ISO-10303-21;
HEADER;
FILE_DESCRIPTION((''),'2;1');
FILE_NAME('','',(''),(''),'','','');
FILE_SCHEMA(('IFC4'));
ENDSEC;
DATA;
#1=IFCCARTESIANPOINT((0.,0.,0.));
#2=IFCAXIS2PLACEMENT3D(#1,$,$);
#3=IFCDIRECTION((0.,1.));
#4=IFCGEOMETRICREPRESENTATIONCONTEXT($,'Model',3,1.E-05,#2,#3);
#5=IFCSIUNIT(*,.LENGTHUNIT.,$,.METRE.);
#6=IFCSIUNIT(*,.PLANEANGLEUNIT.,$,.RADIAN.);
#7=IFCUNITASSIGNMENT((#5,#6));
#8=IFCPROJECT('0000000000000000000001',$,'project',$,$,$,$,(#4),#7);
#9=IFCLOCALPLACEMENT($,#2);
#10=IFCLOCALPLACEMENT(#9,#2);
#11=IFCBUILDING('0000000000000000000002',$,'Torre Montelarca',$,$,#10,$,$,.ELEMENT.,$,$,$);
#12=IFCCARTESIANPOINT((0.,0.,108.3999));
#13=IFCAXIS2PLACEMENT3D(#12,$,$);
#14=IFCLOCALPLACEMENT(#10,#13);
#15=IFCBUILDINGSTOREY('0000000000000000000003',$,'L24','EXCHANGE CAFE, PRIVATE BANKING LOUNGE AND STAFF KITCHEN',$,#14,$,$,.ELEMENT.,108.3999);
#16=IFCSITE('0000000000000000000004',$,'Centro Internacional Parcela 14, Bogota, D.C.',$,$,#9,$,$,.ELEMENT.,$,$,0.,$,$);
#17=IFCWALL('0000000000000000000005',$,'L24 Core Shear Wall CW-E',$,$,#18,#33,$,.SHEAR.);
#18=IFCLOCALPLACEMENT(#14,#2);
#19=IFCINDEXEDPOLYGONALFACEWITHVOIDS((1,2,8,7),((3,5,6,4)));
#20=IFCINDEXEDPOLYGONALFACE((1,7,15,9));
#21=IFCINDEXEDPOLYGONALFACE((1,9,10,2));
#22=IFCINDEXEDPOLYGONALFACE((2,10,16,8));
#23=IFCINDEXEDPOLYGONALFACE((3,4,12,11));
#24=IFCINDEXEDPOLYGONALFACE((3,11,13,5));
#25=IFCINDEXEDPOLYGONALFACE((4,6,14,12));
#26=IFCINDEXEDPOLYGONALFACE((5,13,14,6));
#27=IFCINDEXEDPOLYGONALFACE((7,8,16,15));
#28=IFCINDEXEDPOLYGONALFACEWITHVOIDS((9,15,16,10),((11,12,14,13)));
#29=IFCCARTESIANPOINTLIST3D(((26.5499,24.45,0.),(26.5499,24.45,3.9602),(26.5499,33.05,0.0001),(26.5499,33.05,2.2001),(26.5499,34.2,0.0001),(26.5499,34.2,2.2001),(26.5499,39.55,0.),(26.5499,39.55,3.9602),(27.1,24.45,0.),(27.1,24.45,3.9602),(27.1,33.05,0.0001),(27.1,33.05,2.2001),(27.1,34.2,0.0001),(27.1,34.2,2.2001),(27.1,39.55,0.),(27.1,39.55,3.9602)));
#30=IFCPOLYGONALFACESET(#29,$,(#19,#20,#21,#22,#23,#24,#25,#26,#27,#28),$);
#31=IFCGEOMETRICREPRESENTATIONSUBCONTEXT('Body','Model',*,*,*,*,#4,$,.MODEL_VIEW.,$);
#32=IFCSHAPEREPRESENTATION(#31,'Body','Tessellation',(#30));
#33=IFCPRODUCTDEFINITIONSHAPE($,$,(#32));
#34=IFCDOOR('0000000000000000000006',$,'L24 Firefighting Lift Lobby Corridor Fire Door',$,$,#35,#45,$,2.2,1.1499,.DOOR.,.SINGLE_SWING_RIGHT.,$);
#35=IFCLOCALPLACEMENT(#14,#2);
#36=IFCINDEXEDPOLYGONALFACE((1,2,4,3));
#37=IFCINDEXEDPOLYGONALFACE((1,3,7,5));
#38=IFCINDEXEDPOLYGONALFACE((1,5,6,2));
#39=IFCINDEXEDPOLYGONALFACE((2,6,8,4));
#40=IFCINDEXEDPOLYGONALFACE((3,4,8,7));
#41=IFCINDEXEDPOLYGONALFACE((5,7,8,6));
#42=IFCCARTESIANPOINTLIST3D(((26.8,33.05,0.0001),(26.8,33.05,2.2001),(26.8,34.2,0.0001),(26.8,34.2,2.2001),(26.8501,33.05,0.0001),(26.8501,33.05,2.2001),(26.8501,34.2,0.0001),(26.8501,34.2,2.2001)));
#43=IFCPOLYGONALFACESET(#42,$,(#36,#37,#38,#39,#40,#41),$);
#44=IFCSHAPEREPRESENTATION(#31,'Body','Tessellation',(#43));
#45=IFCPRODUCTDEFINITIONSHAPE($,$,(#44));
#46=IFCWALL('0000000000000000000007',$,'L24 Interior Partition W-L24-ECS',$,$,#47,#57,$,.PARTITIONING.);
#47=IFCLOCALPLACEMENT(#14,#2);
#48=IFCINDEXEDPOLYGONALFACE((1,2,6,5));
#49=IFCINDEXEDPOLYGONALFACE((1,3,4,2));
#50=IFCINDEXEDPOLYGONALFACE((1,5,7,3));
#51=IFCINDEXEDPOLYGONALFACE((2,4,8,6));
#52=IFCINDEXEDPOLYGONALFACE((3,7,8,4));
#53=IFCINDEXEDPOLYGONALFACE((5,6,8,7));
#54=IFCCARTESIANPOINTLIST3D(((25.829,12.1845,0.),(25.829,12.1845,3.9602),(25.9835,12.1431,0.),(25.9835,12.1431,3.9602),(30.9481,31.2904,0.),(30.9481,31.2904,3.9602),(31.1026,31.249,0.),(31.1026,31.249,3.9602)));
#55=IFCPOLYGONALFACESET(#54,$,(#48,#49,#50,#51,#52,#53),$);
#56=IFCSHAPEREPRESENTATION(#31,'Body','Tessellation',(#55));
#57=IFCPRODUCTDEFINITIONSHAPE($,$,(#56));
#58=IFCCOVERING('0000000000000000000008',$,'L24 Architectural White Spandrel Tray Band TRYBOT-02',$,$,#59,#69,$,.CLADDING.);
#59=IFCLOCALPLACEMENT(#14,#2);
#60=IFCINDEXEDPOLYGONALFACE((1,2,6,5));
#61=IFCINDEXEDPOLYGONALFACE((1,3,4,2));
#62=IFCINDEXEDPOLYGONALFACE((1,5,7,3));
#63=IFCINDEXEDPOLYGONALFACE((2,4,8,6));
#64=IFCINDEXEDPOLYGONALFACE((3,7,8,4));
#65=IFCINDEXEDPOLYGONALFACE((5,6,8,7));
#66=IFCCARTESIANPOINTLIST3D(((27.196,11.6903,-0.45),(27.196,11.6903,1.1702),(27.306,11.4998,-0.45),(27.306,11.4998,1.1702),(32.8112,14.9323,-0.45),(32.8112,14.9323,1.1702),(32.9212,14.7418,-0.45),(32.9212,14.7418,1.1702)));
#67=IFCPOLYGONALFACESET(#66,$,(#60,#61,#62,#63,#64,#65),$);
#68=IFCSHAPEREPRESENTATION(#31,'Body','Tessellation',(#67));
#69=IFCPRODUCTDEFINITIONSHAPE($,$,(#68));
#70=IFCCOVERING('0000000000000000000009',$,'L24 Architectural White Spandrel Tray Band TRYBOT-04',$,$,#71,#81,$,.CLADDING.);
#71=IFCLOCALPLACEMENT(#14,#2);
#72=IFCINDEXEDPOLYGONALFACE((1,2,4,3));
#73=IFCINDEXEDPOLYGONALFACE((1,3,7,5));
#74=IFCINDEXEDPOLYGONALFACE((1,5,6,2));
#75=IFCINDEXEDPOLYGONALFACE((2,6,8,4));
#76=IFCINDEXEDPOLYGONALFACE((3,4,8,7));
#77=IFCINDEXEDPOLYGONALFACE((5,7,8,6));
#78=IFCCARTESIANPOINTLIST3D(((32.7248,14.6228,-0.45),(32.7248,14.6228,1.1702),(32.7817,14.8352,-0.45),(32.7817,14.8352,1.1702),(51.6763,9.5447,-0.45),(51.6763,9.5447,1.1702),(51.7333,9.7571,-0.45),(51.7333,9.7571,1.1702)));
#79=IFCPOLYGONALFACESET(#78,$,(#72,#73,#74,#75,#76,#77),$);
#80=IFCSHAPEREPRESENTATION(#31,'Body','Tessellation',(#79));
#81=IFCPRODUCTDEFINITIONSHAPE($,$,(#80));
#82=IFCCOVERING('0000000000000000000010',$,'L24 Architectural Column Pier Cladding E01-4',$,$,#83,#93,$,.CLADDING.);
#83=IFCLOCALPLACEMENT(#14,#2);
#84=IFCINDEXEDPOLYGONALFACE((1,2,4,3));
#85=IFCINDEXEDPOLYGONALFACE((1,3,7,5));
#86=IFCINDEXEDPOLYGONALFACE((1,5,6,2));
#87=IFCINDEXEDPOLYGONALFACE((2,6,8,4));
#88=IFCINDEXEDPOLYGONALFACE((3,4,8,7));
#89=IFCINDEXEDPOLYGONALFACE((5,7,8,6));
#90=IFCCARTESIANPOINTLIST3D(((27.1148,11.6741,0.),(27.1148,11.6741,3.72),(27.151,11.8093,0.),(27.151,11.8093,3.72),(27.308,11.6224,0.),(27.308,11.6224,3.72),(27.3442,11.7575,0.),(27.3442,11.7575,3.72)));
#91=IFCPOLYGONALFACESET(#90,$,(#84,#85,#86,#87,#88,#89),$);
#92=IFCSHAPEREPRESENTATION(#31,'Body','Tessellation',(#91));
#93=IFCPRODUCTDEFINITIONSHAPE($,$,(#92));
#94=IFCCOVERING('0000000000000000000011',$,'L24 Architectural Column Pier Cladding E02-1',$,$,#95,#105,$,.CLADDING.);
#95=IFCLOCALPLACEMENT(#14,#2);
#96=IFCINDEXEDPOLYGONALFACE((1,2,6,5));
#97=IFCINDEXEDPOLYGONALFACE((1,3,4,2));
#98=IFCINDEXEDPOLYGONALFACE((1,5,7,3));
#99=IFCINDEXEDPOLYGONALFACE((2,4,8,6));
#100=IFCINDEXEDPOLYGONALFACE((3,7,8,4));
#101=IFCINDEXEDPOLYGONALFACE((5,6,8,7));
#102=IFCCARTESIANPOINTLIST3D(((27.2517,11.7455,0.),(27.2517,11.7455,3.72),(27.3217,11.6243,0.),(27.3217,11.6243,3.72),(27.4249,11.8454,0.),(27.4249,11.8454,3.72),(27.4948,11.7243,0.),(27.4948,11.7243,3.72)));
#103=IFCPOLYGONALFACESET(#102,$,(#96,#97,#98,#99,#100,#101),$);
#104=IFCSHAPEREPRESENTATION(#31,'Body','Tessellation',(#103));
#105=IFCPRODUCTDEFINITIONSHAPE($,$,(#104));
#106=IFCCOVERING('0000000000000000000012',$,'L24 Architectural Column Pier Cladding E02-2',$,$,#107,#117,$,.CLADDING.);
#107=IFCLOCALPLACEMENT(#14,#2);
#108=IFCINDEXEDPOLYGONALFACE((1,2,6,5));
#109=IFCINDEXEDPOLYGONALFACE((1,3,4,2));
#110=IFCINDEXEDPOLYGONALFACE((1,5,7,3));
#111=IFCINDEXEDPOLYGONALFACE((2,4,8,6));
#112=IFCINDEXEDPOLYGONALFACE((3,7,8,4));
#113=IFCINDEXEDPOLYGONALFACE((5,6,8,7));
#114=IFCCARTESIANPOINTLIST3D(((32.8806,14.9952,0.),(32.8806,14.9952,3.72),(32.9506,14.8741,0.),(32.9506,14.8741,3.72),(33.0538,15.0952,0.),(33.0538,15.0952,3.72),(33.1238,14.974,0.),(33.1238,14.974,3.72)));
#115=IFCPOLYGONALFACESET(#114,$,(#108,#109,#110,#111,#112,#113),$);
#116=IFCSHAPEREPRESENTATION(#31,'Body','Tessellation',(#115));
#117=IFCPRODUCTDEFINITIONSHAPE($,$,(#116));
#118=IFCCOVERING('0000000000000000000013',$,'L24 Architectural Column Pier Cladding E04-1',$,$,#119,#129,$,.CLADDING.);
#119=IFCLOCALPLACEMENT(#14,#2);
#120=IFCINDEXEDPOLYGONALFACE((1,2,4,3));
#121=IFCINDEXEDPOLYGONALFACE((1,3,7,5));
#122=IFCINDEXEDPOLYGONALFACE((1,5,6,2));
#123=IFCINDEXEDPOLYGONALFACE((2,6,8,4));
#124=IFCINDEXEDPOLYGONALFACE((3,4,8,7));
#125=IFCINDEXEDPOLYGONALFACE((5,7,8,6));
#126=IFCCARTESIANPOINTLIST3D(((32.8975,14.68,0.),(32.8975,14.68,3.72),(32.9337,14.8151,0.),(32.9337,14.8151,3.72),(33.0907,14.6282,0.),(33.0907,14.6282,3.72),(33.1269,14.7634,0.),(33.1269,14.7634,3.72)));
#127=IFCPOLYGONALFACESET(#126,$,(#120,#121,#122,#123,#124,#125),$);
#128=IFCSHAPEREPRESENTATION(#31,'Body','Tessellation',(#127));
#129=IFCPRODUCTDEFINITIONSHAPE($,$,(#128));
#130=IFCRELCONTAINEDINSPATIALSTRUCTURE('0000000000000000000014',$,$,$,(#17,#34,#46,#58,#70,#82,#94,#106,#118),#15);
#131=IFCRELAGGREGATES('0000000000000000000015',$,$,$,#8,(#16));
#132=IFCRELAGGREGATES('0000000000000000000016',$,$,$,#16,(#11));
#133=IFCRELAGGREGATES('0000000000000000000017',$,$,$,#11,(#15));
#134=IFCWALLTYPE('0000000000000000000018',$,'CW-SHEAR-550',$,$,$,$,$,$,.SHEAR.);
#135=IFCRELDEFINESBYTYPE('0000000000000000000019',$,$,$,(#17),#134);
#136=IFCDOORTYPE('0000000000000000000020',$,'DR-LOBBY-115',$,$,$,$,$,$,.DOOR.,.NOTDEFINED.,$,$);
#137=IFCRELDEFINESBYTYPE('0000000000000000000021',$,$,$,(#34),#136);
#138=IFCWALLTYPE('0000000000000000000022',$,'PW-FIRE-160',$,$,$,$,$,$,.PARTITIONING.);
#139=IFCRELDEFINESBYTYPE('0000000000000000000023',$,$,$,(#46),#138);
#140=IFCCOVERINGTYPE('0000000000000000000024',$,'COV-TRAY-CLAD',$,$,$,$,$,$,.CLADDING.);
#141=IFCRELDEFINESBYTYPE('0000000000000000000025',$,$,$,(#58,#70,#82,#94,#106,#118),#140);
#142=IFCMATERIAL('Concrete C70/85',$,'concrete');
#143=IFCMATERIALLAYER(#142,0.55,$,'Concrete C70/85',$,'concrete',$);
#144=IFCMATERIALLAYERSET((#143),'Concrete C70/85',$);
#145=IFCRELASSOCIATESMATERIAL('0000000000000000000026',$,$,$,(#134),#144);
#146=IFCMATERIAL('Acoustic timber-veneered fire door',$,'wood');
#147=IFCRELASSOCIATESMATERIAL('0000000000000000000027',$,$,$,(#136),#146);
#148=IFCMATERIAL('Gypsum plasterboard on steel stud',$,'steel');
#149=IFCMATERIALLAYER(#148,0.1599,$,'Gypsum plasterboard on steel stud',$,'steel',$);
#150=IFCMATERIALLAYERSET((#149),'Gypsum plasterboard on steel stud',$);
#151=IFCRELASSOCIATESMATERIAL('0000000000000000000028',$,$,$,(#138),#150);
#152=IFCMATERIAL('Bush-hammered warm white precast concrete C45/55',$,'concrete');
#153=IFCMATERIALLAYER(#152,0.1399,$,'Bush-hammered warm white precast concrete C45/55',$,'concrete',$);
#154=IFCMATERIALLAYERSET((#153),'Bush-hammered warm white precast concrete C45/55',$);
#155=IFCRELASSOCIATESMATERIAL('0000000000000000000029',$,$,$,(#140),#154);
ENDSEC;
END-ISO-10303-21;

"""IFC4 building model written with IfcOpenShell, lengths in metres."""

from ifc_helpers import new_model, si_unit, direction, frame, frame_2d, origin, origin_2d, place, context, subcontext, project, spatial, rectangle, extrude, source, transform, mapped, material, layer, layer_set, type_object, element, fill, save


model = new_model("IFC4")

# Units and contexts
model_context = context("Model", 3, precision=1e-05, world=origin(), true_north=direction((0.0, 1.0)))
body_context = subcontext(model_context, "Body", "Model", "MODEL_VIEW")
ifc_project = project(units=[si_unit("LENGTHUNIT", "METRE"), si_unit("PLANEANGLEUNIT", "RADIAN")], contexts=[model_context])

# Site, building, storey
site_placement = place(None, origin())
site = spatial("IfcSite", under=ifc_project, at=site_placement, Name="Centro Internacional Parcela 14, Bogota, D.C.", CompositionType="ELEMENT", RefElevation=0.0)
building_placement = place(site_placement, origin())
building = spatial("IfcBuilding", under=site, at=building_placement, Name="Torre Montelarca", CompositionType="ELEMENT")
storey_placement = place(building_placement, frame((0.0, 0.0, 108.3999)))
storey = spatial("IfcBuildingStorey", under=building, at=storey_placement, Name="L24", Description="EXCHANGE CAFE, PRIVATE BANKING LOUNGE AND STAFF KITCHEN", CompositionType="ELEMENT", Elevation=108.3999)

# Shared definitions
ifc_material_1 = material(Name="Concrete C70/85", Category="concrete")

# Wall, opening, door
ifc_layer_1 = layer(ifc_material_1, 0.55, Name="Concrete C70/85", Category="concrete")
ifc_layer_set_1 = layer_set([ifc_layer_1], Name="Concrete C70/85")
wall_type_1 = type_object("IfcWallType", Name="CW-SHEAR-550", PredefinedType="SHEAR", material=ifc_layer_set_1)
wall_1_placement = place(storey_placement, frame((26.825, 24.45, 0.0), z_axis=(0.0, 0.0, 1.0), x_axis=(0.0, 1.0, 0.0)))
wall_1 = element("IfcWall", 1, at=wall_1_placement, inside=storey, type_object=wall_type_1, Name="L24 Core Shear Wall CW-E", PredefinedType="SHEAR", context=body_context, shape_type="SweptSolid", body=[
    extrude(rectangle(XDim=15.1001, YDim=0.55, at=frame_2d((7.55, 0.0))), origin(), (0.0, 0.0, 1.0), 3.9602),
])
opening_placement = place(wall_1_placement, frame((8.6001, 0.0, 0.0)))
opening = element("IfcOpeningElement", 2, at=opening_placement, cuts=wall_1, PredefinedType="OPENING", context=body_context, shape_type="SweptSolid", body=[
    extrude(rectangle(XDim=1.1499, YDim=2.2, at=frame_2d((0.575, 1.1001))), frame((0.0, 0.2852, 0.0), z_axis=(0.0, -1.0, 0.0), x_axis=(1.0, 0.0, 0.0)), (0.0, 0.0, 1.0), 0.5701),
])
ifc_material_2 = material(Name="Acoustic timber-veneered fire door", Category="wood")
door_type = type_object("IfcDoorType", Name="DR-LOBBY-115", OperationType="NOTDEFINED", PredefinedType="DOOR", material=ifc_material_2)
shared_shape_1 = source(origin(), body_context, "Body", "SweptSolid", [
    extrude(rectangle(XDim=1.1499, YDim=2.2, at=frame_2d((0.575, 1.1001))), frame((0.0, 0.0249, 0.0), z_axis=(0.0, -1.0, 0.0), x_axis=(1.0, 0.0, 0.0)), (0.0, 0.0, 1.0), 0.05),
])
door_placement = place(opening_placement, origin())
door = element("IfcDoor", 3, at=door_placement, inside=storey, type_object=door_type, Name="L24 Firefighting Lift Lobby Corridor Fire Door", OperationType="SINGLE_SWING_RIGHT", OverallHeight=2.2, OverallWidth=1.1499, PredefinedType="DOOR", context=body_context, shape_type="MappedRepresentation", body=[
    mapped(shared_shape_1, transform((0.0, 0.0, 0.0), scale=1.0)),
])
fill(opening, door)

# Wall
ifc_material_3 = material(Name="Gypsum plasterboard on steel stud", Category="steel")
ifc_layer_2 = layer(ifc_material_3, 0.1599, Name="Gypsum plasterboard on steel stud", Category="steel")
ifc_layer_set_2 = layer_set([ifc_layer_2], Name="Gypsum plasterboard on steel stud")
wall_type_2 = type_object("IfcWallType", Name="PW-FIRE-160", PredefinedType="PARTITIONING", material=ifc_layer_set_2)
wall_2_placement = place(storey_placement, frame((25.9062, 12.1638, 0.0), z_axis=(0.0, 0.0, 1.0), x_axis=(0.258806, 0.965929, 0.0)))
element("IfcWall", 4, at=wall_2_placement, inside=storey, type_object=wall_type_2, Name="L24 Interior Partition W-L24-ECS", PredefinedType="PARTITIONING", context=body_context, shape_type="SweptSolid", body=[
    extrude(rectangle(XDim=19.7798, YDim=0.1599, at=frame_2d((9.8899, 0.0))), origin(), (0.0, 0.0, 1.0), 3.9602),
])

# Coverings
ifc_material_4 = material(Name="Bush-hammered warm white precast concrete C45/55", Category="concrete")
ifc_layer_3 = layer(ifc_material_4, 0.1399, Name="Bush-hammered warm white precast concrete C45/55", Category="concrete")
ifc_layer_set_3 = layer_set([ifc_layer_3], Name="Bush-hammered warm white precast concrete C45/55")
covering_type = type_object("IfcCoveringType", Name="COV-TRAY-CLAD", PredefinedType="CLADDING", material=ifc_layer_set_3)
shared_shape_2 = source(origin(), body_context, "Body", "SweptSolid", [
    extrude(rectangle(XDim=6.4839, YDim=0.22, at=origin_2d()), origin(), (0.0, 0.0, 1.0), 1.6201),
])
covering_1_placement = place(storey_placement, frame((30.0586, 13.2161, -0.45), z_axis=(0.0, 0.0, 1.0), x_axis=(0.866022, 0.500006, 0.0)))
element("IfcCovering", 5, at=covering_1_placement, inside=storey, type_object=covering_type, Name="L24 Architectural White Spandrel Tray Band TRYBOT-02", PredefinedType="CLADDING", context=body_context, shape_type="MappedRepresentation", body=[
    mapped(shared_shape_2, transform((0.0, 0.0, 0.0), scale=1.0)),
])
shared_shape_3 = source(origin(), body_context, "Body", "SweptSolid", [
    extrude(rectangle(XDim=19.6201, YDim=0.22, at=origin_2d()), origin(), (0.0, 0.0, 1.0), 1.6201),
])
covering_2_placement = place(storey_placement, frame((42.229, 12.1899, -0.45), z_axis=(0.0, 0.0, 1.0), x_axis=(0.965925, -0.258821, 0.0)))
element("IfcCovering", 6, at=covering_2_placement, inside=storey, type_object=covering_type, Name="L24 Architectural White Spandrel Tray Band TRYBOT-04", PredefinedType="CLADDING", context=body_context, shape_type="MappedRepresentation", body=[
    mapped(shared_shape_3, transform((0.0, 0.0, 0.0), scale=1.0)),
])
shared_shape_4 = source(origin(), body_context, "Body", "SweptSolid", [
    extrude(rectangle(XDim=0.2, YDim=0.1399, at=origin_2d()), origin(), (0.0, 0.0, 1.0), 3.72),
])
for number, where, z_axis, x_axis, name in (
    (7, (27.2295, 11.7158, 0.0), (0.0, 0.0, 1.0), (0.965926, -0.258819, 0.0), "L24 Architectural Column Pier Cladding E01-4"),
    (8, (27.3733, 11.7349, 0.0), (0.0, 0.0, 1.0), (0.866025, 0.500002, 0.0), "L24 Architectural Column Pier Cladding E02-1"),
    (9, (33.0022, 14.9846, 0.0), (0.0, 0.0, 1.0), (0.866025, 0.500002, 0.0), "L24 Architectural Column Pier Cladding E02-2"),
    (10, (33.0122, 14.7217, 0.0), (0.0, 0.0, 1.0), (0.965924, -0.258824, 0.0), "L24 Architectural Column Pier Cladding E04-1"),
):
    element("IfcCovering", number, at=place(storey_placement, frame(where, z_axis=z_axis, x_axis=x_axis)), inside=storey, type_object=covering_type, Name=name, PredefinedType="CLADDING", context=body_context, shape_type="MappedRepresentation", body=[
        mapped(shared_shape_4, transform((0.0, 0.0, 0.0), scale=1.0)),
    ])

save(model, "model.ifc")
